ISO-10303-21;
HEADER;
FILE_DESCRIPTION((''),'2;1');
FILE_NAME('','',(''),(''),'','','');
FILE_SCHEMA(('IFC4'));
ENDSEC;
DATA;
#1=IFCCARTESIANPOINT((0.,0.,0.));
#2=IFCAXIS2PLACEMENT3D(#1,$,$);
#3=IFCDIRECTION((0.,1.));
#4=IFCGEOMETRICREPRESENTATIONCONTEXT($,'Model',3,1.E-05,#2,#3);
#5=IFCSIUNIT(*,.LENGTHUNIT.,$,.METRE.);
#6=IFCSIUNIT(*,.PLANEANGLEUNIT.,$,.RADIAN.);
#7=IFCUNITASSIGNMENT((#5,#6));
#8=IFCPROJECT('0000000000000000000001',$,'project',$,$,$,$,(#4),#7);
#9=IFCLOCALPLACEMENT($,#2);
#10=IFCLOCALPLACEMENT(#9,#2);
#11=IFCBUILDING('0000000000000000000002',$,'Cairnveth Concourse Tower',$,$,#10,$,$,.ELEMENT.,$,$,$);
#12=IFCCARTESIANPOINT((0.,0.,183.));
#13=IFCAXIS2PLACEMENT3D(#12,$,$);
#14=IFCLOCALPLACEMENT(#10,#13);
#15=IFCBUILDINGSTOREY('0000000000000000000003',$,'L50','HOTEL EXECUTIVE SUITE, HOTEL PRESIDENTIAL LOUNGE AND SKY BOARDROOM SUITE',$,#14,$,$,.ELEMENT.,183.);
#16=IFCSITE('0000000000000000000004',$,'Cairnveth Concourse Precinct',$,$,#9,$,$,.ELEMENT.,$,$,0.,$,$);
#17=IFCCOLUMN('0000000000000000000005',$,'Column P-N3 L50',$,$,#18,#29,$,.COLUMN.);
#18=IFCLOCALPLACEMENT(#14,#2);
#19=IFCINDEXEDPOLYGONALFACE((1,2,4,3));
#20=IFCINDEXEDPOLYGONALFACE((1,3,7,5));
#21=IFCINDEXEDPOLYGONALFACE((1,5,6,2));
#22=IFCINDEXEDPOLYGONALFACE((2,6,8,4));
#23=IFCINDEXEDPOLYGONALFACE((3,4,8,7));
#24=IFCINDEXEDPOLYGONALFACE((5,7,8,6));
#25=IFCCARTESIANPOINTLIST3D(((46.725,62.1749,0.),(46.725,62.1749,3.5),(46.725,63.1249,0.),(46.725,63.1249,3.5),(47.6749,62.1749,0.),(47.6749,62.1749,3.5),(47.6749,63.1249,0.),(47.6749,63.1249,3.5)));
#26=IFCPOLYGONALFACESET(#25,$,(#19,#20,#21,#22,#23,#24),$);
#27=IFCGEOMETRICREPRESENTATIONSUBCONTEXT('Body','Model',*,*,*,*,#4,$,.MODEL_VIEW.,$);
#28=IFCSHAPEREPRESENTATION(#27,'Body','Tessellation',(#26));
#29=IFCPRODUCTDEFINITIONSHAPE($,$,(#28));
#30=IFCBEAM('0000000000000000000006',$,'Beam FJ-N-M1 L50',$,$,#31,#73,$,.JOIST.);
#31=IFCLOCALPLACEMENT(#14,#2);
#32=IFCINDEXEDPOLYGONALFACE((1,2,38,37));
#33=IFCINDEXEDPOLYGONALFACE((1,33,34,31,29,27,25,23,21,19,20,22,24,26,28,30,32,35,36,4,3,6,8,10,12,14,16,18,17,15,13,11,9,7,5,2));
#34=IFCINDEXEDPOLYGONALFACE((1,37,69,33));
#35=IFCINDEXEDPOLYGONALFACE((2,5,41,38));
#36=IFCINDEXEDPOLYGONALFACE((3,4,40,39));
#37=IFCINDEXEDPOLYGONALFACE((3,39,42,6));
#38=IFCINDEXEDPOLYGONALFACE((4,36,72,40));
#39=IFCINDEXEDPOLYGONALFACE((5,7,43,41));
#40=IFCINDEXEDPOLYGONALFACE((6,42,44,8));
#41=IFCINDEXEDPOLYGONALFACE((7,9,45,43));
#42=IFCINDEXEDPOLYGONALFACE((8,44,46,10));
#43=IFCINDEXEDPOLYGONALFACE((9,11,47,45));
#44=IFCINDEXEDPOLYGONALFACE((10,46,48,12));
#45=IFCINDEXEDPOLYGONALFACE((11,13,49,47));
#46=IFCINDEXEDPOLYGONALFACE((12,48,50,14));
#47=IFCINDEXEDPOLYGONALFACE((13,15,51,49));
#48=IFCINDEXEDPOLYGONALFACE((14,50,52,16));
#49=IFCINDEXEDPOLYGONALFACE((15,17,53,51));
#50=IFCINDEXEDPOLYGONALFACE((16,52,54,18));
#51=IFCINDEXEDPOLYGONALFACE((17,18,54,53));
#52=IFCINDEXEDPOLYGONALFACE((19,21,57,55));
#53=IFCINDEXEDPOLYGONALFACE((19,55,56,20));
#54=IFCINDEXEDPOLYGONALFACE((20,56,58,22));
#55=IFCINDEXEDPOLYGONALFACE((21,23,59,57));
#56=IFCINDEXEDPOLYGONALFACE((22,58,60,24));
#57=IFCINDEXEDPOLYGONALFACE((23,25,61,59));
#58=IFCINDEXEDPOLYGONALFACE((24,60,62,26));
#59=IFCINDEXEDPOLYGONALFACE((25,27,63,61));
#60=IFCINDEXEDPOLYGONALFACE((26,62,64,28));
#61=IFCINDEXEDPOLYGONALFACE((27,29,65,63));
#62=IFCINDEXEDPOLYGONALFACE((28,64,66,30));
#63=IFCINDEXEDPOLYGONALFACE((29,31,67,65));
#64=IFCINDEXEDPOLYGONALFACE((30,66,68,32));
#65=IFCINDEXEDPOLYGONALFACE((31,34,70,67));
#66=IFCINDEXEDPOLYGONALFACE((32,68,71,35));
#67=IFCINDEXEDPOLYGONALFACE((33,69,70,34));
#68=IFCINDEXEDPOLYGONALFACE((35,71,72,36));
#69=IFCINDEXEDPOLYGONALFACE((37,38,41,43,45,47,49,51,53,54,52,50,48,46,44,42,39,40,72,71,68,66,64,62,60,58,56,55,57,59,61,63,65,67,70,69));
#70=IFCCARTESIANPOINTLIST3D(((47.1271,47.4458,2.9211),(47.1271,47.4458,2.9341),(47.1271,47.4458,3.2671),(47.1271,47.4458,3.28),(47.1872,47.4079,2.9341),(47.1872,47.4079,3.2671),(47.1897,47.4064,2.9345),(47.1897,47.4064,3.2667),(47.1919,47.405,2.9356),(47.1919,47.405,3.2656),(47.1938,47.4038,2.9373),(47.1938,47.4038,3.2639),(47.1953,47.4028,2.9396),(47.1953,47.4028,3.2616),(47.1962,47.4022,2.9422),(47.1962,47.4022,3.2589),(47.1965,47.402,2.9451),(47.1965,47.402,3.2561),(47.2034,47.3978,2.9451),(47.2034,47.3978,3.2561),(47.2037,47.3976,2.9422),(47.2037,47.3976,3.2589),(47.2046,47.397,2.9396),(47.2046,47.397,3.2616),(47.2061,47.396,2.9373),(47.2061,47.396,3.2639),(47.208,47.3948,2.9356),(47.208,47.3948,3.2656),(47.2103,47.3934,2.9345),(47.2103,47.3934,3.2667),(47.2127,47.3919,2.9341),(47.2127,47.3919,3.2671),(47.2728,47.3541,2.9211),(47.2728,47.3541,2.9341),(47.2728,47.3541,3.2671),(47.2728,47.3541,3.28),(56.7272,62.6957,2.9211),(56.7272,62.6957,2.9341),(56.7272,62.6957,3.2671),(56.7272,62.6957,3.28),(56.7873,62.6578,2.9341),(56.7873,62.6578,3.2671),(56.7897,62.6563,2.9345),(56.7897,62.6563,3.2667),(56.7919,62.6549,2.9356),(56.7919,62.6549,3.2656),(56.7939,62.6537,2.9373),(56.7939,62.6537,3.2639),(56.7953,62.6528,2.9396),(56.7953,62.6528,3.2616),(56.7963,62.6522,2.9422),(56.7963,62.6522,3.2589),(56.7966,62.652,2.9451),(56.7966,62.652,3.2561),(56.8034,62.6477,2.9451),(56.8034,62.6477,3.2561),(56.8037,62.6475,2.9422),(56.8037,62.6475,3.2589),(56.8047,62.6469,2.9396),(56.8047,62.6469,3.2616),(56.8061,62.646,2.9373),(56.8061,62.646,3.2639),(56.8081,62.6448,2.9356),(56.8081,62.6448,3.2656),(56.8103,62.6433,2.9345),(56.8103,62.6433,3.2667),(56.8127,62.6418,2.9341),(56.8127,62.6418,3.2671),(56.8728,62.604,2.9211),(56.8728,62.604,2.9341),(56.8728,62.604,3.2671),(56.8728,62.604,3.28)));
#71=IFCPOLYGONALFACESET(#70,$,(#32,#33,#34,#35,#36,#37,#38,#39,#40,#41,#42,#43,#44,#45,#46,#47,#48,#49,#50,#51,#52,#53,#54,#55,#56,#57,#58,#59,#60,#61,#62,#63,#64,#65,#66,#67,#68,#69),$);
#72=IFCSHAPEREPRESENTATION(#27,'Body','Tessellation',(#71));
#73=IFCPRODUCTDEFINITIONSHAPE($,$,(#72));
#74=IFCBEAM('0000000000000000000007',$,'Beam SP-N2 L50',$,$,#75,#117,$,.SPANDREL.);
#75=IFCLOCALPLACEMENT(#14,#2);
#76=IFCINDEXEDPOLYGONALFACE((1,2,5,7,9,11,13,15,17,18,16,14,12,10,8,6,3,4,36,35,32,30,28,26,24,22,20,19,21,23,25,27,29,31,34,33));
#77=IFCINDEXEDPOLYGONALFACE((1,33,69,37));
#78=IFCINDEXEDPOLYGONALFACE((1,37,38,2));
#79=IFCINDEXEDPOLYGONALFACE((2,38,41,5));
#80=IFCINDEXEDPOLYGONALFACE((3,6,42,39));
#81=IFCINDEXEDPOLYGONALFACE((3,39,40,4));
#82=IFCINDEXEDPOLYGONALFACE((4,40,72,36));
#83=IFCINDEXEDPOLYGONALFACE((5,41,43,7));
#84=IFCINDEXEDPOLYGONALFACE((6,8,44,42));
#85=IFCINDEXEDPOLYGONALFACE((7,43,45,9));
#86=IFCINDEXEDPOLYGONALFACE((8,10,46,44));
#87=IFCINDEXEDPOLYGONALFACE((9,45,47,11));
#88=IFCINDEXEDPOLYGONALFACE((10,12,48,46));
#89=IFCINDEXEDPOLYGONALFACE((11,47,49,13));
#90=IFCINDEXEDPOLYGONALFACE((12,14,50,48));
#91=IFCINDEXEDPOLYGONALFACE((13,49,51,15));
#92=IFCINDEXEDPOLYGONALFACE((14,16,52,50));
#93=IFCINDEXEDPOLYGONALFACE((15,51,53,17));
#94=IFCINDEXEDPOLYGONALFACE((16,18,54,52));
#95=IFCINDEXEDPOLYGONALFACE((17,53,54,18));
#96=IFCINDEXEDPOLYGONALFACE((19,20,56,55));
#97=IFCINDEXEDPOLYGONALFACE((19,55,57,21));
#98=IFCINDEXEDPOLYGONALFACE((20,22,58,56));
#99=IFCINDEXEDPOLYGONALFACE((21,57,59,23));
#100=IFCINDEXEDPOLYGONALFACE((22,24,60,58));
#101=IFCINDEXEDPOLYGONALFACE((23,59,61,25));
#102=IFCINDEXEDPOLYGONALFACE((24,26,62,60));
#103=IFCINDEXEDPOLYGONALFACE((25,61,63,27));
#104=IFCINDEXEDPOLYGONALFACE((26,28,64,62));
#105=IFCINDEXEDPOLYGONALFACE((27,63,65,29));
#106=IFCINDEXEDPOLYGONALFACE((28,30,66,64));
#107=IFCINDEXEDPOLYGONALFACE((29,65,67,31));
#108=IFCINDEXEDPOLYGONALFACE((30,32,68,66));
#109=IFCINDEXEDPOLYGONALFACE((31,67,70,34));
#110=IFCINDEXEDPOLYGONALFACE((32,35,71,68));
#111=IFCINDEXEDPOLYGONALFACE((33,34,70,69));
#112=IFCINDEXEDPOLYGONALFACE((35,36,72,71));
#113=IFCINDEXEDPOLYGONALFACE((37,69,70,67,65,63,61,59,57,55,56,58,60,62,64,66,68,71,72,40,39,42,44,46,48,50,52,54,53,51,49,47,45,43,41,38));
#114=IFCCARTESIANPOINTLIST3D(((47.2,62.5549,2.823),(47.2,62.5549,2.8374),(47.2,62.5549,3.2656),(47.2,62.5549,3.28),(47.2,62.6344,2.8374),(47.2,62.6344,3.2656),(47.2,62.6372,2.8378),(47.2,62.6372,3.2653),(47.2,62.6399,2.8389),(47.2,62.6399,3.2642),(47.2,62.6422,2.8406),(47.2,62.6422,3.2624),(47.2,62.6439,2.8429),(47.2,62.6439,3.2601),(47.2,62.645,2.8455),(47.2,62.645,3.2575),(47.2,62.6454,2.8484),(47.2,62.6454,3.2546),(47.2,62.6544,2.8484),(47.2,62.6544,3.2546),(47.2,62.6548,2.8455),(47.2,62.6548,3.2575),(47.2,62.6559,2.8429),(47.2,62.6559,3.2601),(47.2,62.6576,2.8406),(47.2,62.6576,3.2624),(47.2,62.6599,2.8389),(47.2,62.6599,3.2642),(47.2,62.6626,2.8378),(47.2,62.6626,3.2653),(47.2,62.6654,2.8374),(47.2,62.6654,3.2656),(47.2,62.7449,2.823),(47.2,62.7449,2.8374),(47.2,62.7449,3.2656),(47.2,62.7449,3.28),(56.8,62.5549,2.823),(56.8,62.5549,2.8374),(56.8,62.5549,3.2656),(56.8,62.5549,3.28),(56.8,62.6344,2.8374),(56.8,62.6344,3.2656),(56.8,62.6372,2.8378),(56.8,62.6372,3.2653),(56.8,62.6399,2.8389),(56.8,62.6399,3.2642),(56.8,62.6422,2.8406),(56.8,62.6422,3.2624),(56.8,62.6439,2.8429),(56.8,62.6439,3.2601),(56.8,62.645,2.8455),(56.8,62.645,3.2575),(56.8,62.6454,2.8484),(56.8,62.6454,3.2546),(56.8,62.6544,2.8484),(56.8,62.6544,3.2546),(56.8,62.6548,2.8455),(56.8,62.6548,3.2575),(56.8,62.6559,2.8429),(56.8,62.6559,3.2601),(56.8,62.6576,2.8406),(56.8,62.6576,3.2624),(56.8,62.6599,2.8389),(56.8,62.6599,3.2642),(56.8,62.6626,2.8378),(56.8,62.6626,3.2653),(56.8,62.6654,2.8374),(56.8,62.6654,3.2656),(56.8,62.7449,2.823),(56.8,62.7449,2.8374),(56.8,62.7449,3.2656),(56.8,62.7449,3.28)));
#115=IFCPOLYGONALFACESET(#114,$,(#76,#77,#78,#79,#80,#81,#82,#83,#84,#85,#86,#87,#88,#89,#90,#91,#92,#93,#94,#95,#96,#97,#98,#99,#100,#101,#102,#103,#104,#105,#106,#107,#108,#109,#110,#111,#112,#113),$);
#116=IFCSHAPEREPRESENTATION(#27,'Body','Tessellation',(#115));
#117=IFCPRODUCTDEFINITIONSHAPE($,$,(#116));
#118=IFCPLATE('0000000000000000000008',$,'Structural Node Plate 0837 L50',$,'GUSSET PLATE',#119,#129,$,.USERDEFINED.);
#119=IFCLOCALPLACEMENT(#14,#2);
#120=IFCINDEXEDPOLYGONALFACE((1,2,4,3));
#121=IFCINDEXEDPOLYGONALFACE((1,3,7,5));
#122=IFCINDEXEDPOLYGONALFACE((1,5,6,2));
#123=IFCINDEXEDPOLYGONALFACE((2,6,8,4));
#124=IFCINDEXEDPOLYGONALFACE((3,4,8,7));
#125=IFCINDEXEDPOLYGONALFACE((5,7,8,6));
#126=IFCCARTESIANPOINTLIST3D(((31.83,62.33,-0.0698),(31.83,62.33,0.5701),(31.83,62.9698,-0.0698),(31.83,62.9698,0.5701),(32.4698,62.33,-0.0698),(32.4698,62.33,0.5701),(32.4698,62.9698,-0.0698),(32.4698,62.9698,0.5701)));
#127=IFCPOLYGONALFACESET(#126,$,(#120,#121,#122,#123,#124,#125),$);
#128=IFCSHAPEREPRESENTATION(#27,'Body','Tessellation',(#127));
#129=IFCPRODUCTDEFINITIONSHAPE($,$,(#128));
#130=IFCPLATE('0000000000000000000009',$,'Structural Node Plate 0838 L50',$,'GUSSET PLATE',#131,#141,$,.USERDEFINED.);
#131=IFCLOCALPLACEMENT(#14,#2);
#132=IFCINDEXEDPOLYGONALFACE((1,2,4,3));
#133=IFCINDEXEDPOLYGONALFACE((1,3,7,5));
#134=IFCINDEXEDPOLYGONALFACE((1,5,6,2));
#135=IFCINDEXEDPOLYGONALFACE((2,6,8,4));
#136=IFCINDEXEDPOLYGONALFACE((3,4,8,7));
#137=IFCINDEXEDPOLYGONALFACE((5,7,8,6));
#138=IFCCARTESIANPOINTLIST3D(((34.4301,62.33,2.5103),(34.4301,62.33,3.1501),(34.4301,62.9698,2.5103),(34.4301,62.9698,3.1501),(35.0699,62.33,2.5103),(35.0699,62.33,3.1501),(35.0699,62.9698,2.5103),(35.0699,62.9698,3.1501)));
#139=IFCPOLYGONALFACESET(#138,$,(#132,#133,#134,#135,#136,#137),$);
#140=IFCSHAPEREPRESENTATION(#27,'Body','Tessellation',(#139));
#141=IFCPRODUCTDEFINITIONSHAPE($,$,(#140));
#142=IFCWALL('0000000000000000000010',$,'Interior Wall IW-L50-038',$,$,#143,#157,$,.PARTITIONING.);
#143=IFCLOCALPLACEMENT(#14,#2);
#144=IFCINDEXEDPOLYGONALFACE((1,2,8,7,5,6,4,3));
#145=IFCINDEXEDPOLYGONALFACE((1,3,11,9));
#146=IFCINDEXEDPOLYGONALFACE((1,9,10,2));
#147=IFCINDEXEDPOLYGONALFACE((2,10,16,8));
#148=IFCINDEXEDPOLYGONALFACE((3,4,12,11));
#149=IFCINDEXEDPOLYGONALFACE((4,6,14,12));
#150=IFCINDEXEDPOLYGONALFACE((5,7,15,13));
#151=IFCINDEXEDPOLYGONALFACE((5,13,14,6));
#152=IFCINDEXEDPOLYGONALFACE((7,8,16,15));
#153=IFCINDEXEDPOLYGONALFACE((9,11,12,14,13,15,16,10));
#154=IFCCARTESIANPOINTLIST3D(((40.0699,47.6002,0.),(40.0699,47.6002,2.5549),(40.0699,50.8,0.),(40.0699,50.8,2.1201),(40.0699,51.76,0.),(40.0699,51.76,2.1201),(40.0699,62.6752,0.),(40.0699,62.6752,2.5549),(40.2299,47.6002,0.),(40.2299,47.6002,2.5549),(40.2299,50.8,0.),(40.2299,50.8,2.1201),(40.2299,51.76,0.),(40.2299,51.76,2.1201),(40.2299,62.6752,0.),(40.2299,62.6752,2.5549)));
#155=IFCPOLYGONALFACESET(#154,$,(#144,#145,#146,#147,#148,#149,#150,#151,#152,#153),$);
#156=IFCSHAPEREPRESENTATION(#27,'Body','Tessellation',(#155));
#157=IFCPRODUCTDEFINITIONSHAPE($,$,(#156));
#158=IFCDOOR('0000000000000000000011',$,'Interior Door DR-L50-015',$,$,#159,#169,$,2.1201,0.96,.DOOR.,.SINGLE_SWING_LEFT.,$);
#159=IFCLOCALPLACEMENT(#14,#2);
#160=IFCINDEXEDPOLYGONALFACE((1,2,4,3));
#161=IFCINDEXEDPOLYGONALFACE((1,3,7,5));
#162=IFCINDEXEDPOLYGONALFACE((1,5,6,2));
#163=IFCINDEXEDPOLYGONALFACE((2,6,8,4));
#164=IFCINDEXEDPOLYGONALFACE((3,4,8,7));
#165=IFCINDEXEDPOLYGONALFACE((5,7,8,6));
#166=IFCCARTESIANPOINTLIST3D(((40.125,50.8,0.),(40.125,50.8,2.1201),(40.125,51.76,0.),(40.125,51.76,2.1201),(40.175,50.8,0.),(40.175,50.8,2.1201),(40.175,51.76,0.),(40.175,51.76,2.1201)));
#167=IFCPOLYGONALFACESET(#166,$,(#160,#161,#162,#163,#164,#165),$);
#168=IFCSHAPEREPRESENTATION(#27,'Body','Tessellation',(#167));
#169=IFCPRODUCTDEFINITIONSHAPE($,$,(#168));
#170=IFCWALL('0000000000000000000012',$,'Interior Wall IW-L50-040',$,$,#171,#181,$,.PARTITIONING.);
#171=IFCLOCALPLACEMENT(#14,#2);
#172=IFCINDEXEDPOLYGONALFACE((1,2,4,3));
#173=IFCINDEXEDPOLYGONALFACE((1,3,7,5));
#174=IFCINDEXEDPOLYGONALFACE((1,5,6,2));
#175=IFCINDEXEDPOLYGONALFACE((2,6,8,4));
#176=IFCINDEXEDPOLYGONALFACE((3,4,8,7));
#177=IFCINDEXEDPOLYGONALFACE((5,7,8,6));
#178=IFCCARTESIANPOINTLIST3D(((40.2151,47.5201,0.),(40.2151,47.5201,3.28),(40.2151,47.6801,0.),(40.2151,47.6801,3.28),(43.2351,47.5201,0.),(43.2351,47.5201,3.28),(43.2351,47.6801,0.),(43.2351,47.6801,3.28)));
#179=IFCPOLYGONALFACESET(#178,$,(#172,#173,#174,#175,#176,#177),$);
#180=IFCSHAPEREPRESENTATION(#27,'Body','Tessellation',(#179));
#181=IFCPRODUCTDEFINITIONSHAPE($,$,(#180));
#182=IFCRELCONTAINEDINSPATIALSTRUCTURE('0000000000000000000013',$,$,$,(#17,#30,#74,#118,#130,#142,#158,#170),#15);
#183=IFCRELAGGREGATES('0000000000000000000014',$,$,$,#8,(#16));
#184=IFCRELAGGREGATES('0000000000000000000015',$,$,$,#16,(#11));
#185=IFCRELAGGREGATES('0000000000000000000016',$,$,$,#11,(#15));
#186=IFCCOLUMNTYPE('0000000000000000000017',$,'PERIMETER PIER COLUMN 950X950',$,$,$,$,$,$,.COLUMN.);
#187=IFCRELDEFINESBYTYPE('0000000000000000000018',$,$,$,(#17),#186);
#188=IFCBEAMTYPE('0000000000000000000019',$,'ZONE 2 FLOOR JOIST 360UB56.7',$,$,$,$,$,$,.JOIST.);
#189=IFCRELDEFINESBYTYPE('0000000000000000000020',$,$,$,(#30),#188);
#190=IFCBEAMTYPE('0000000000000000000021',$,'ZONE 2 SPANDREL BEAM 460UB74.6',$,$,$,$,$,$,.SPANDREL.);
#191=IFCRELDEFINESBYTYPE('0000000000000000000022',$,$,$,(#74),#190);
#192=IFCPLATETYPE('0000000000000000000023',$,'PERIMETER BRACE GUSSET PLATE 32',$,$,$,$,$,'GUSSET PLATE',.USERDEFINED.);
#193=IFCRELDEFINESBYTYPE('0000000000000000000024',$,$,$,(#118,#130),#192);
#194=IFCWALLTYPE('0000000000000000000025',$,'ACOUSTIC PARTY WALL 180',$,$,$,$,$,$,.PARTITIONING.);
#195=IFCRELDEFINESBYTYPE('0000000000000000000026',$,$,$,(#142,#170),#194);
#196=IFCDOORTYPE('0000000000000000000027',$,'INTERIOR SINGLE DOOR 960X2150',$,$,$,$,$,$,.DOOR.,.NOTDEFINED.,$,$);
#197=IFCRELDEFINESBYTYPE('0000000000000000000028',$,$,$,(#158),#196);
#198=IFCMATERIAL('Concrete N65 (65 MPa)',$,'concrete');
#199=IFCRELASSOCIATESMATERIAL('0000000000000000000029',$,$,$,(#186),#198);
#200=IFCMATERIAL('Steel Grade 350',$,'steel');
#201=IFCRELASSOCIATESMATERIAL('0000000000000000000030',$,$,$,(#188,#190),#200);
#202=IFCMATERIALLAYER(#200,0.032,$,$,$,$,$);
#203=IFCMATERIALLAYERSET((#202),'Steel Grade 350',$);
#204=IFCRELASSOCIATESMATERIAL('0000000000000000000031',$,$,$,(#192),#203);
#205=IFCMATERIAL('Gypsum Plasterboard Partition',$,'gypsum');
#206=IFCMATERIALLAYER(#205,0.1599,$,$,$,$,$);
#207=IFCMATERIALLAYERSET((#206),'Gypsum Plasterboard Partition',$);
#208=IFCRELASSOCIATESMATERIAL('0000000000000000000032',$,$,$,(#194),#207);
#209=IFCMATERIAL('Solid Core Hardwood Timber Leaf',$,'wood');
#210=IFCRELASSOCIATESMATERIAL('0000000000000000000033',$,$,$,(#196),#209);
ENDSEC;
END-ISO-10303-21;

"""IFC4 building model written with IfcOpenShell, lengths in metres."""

from ifc_helpers import new_model, si_unit, direction, frame, frame_2d, origin, origin_2d, place, context, subcontext, project, spatial, rectangle, i_section, extrude, material, layer, layer_set, material_profile, profile_set, type_object, element, fill, save


model = new_model("IFC4")

# Units and contexts
model_context = context("Model", 3, precision=1e-05, world=origin(), true_north=direction((0.0, 1.0)))
body_context = subcontext(model_context, "Body", "Model", "MODEL_VIEW")
ifc_project = project(units=[si_unit("LENGTHUNIT", "METRE"), si_unit("PLANEANGLEUNIT", "RADIAN")], contexts=[model_context])

# Site, building, storey
site_placement = place(None, origin())
site = spatial("IfcSite", under=ifc_project, at=site_placement, Name="Cairnveth Concourse Precinct", CompositionType="ELEMENT", RefElevation=0.0)
building_placement = place(site_placement, origin())
building = spatial("IfcBuilding", under=site, at=building_placement, Name="Cairnveth Concourse Tower", CompositionType="ELEMENT")
storey_placement = place(building_placement, frame((0.0, 0.0, 183.0)))
storey = spatial("IfcBuildingStorey", under=building, at=storey_placement, Name="L50", Description="HOTEL EXECUTIVE SUITE, HOTEL PRESIDENTIAL LOUNGE AND SKY BOARDROOM SUITE", CompositionType="ELEMENT", Elevation=183.0)

# Column
ifc_material_1 = material(Name="Concrete N65 (65 MPa)", Category="concrete")
ifc_material_profile_1 = material_profile(ifc_material_1, rectangle(XDim=0.95, YDim=0.95, at=origin_2d()), Name="RC-COL-950x950")
ifc_profile_set_1 = profile_set([ifc_material_profile_1], Name="Concrete N65 (65 MPa)")
column_type = type_object("IfcColumnType", Name="PERIMETER PIER COLUMN 950X950", PredefinedType="COLUMN", material=ifc_profile_set_1)
column_placement = place(storey_placement, frame((47.2, 62.6499, 0.0), z_axis=(0.0, 0.0, 1.0), x_axis=(1.0, 0.0, 0.0)))
element("IfcColumn", 1, at=column_placement, inside=storey, type_object=column_type, Name="Column P-N3 L50", PredefinedType="COLUMN", context=body_context, shape_type="SweptSolid", body=[
    extrude(rectangle(XDim=0.95, YDim=0.95, at=origin_2d()), origin(), (0.0, 0.0, 1.0), 3.5),
])

# Beams
ifc_material_2 = material(Name="Steel Grade 350", Category="steel")
ifc_material_profile_2 = material_profile(ifc_material_2, i_section(OverallWidth=0.1721, OverallDepth=0.3589, WebThickness=0.0081, FlangeThickness=0.0129, FilletRadius=0.011, at=origin_2d()), Name="360UB56.7")
ifc_profile_set_2 = profile_set([ifc_material_profile_2], Name="Steel Grade 350")
beam_type_1 = type_object("IfcBeamType", Name="ZONE 2 FLOOR JOIST 360UB56.7", PredefinedType="JOIST", material=ifc_profile_set_2)
beam_1_placement = place(storey_placement, frame((47.2, 47.3999, 3.1006), z_axis=(0.532744, 0.846277, 0.0), x_axis=(-0.846277, 0.532744, 0.0)))
element("IfcBeam", 2, at=beam_1_placement, inside=storey, type_object=beam_type_1, Name="Beam FJ-N-M1 L50", PredefinedType="JOIST", context=body_context, shape_type="SweptSolid", body=[
    extrude(i_section(OverallWidth=0.1721, OverallDepth=0.3589, WebThickness=0.0081, FlangeThickness=0.0129, FilletRadius=0.011, at=origin_2d()), origin(), (0.0, 0.0, 1.0), 18.02),
])
ifc_material_profile_3 = material_profile(ifc_material_2, i_section(OverallWidth=0.1899, OverallDepth=0.457, WebThickness=0.009, FlangeThickness=0.0144, FilletRadius=0.011, at=origin_2d()), Name="460UB74.6")
ifc_profile_set_3 = profile_set([ifc_material_profile_3], Name="Steel Grade 350")
beam_type_2 = type_object("IfcBeamType", Name="ZONE 2 SPANDREL BEAM 460UB74.6", PredefinedType="SPANDREL", material=ifc_profile_set_3)
beam_2_placement = place(storey_placement, frame((47.2, 62.6499, 3.0515), z_axis=(1.0, 0.0, 0.0), x_axis=(0.0, 1.0, 0.0)))
element("IfcBeam", 3, at=beam_2_placement, inside=storey, type_object=beam_type_2, Name="Beam SP-N2 L50", PredefinedType="SPANDREL", context=body_context, shape_type="SweptSolid", body=[
    extrude(i_section(OverallWidth=0.1899, OverallDepth=0.457, WebThickness=0.009, FlangeThickness=0.0144, FilletRadius=0.011, at=origin_2d()), origin(), (0.0, 0.0, 1.0), 9.6001),
])

# Plates
ifc_layer_1 = layer(ifc_material_2, 0.032)
ifc_layer_set_1 = layer_set([ifc_layer_1], Name="Steel Grade 350")
plate_type = type_object("IfcPlateType", Name="PERIMETER BRACE GUSSET PLATE 32", ElementType="GUSSET PLATE", PredefinedType="USERDEFINED", material=ifc_layer_set_1)
for number, where, z_axis, x_axis, name in (
    (4, (32.1499, 62.6499, -0.0698), (0.0, 0.0, 1.0), (1.0, 0.0, 0.0), "Structural Node Plate 0837 L50"),
    (5, (34.75, 62.6499, 2.5103), (0.0, 0.0, 1.0), (1.0, 0.0, 0.0), "Structural Node Plate 0838 L50"),
):
    element("IfcPlate", number, at=place(storey_placement, frame(where, z_axis=z_axis, x_axis=x_axis)), inside=storey, type_object=plate_type, Name=name, ObjectType="GUSSET PLATE", PredefinedType="USERDEFINED", context=body_context, shape_type="SweptSolid", body=[
        extrude(rectangle(XDim=0.6399, YDim=0.6399, at=origin_2d()), origin(), (0.0, 0.0, 1.0), 0.6399),
    ])

# Wall, opening, door
ifc_material_3 = material(Name="Gypsum Plasterboard Partition", Category="gypsum")
ifc_layer_2 = layer(ifc_material_3, 0.1599)
ifc_layer_set_2 = layer_set([ifc_layer_2], Name="Gypsum Plasterboard Partition")
wall_type_1 = type_object("IfcWallType", Name="ACOUSTIC PARTY WALL 180", PredefinedType="PARTITIONING", material=ifc_layer_set_2)
wall_1_placement = place(storey_placement, frame((40.1499, 47.6001, 0.0), z_axis=(0.0, 0.0, 1.0), x_axis=(0.0, 1.0, 0.0)))
wall_1 = element("IfcWall", 6, at=wall_1_placement, inside=storey, type_object=wall_type_1, Name="Interior Wall IW-L50-038", PredefinedType="PARTITIONING", context=body_context, shape_type="SweptSolid", body=[
    extrude(rectangle(XDim=15.075, YDim=0.1599, at=frame_2d((7.5376, 0.0))), origin(), (0.0, 0.0, 1.0), 2.5549),
])
opening_1_placement = place(wall_1_placement, frame((3.2, 0.0, 0.0)))
opening_1 = element("IfcOpeningElement", 7, at=opening_1_placement, cuts=wall_1, PredefinedType="OPENING", context=body_context, shape_type="SweptSolid", body=[
    extrude(rectangle(XDim=0.96, YDim=2.1201, at=frame_2d((0.48, 1.0601))), frame((0.0, 0.0898, 0.0), z_axis=(0.0, -1.0, 0.0), x_axis=(1.0, 0.0, 0.0)), (0.0, 0.0, 1.0), 0.1799),
])
ifc_material_4 = material(Name="Solid Core Hardwood Timber Leaf", Category="wood")
door_type_1 = type_object("IfcDoorType", Name="INTERIOR SINGLE DOOR 960X2150", OperationType="NOTDEFINED", PredefinedType="DOOR", material=ifc_material_4)
door_1_placement = place(opening_1_placement, origin())
door_1 = element("IfcDoor", 8, at=door_1_placement, inside=storey, type_object=door_type_1, Name="Interior Door DR-L50-015", OperationType="SINGLE_SWING_LEFT", OverallHeight=2.1201, OverallWidth=0.96, PredefinedType="DOOR", context=body_context, shape_type="SweptSolid", body=[
    extrude(rectangle(XDim=0.96, YDim=2.1201, at=frame_2d((0.48, 1.0601))), frame((0.0, 0.0249, 0.0), z_axis=(0.0, -1.0, 0.0), x_axis=(1.0, 0.0, 0.0)), (0.0, 0.0, 1.0), 0.05),
])
fill(opening_1, door_1)

# Wall
wall_2_placement = place(storey_placement, frame((40.2151, 47.6001, 0.0), z_axis=(0.0, 0.0, 1.0), x_axis=(1.0, 0.0, 0.0)))
element("IfcWall", 9, at=wall_2_placement, inside=storey, type_object=wall_type_1, Name="Interior Wall IW-L50-040", PredefinedType="PARTITIONING", context=body_context, shape_type="SweptSolid", body=[
    extrude(rectangle(XDim=3.02, YDim=0.1599, at=frame_2d((1.51, 0.0))), origin(), (0.0, 0.0, 1.0), 3.28),
])

save(model, "model.ifc")
